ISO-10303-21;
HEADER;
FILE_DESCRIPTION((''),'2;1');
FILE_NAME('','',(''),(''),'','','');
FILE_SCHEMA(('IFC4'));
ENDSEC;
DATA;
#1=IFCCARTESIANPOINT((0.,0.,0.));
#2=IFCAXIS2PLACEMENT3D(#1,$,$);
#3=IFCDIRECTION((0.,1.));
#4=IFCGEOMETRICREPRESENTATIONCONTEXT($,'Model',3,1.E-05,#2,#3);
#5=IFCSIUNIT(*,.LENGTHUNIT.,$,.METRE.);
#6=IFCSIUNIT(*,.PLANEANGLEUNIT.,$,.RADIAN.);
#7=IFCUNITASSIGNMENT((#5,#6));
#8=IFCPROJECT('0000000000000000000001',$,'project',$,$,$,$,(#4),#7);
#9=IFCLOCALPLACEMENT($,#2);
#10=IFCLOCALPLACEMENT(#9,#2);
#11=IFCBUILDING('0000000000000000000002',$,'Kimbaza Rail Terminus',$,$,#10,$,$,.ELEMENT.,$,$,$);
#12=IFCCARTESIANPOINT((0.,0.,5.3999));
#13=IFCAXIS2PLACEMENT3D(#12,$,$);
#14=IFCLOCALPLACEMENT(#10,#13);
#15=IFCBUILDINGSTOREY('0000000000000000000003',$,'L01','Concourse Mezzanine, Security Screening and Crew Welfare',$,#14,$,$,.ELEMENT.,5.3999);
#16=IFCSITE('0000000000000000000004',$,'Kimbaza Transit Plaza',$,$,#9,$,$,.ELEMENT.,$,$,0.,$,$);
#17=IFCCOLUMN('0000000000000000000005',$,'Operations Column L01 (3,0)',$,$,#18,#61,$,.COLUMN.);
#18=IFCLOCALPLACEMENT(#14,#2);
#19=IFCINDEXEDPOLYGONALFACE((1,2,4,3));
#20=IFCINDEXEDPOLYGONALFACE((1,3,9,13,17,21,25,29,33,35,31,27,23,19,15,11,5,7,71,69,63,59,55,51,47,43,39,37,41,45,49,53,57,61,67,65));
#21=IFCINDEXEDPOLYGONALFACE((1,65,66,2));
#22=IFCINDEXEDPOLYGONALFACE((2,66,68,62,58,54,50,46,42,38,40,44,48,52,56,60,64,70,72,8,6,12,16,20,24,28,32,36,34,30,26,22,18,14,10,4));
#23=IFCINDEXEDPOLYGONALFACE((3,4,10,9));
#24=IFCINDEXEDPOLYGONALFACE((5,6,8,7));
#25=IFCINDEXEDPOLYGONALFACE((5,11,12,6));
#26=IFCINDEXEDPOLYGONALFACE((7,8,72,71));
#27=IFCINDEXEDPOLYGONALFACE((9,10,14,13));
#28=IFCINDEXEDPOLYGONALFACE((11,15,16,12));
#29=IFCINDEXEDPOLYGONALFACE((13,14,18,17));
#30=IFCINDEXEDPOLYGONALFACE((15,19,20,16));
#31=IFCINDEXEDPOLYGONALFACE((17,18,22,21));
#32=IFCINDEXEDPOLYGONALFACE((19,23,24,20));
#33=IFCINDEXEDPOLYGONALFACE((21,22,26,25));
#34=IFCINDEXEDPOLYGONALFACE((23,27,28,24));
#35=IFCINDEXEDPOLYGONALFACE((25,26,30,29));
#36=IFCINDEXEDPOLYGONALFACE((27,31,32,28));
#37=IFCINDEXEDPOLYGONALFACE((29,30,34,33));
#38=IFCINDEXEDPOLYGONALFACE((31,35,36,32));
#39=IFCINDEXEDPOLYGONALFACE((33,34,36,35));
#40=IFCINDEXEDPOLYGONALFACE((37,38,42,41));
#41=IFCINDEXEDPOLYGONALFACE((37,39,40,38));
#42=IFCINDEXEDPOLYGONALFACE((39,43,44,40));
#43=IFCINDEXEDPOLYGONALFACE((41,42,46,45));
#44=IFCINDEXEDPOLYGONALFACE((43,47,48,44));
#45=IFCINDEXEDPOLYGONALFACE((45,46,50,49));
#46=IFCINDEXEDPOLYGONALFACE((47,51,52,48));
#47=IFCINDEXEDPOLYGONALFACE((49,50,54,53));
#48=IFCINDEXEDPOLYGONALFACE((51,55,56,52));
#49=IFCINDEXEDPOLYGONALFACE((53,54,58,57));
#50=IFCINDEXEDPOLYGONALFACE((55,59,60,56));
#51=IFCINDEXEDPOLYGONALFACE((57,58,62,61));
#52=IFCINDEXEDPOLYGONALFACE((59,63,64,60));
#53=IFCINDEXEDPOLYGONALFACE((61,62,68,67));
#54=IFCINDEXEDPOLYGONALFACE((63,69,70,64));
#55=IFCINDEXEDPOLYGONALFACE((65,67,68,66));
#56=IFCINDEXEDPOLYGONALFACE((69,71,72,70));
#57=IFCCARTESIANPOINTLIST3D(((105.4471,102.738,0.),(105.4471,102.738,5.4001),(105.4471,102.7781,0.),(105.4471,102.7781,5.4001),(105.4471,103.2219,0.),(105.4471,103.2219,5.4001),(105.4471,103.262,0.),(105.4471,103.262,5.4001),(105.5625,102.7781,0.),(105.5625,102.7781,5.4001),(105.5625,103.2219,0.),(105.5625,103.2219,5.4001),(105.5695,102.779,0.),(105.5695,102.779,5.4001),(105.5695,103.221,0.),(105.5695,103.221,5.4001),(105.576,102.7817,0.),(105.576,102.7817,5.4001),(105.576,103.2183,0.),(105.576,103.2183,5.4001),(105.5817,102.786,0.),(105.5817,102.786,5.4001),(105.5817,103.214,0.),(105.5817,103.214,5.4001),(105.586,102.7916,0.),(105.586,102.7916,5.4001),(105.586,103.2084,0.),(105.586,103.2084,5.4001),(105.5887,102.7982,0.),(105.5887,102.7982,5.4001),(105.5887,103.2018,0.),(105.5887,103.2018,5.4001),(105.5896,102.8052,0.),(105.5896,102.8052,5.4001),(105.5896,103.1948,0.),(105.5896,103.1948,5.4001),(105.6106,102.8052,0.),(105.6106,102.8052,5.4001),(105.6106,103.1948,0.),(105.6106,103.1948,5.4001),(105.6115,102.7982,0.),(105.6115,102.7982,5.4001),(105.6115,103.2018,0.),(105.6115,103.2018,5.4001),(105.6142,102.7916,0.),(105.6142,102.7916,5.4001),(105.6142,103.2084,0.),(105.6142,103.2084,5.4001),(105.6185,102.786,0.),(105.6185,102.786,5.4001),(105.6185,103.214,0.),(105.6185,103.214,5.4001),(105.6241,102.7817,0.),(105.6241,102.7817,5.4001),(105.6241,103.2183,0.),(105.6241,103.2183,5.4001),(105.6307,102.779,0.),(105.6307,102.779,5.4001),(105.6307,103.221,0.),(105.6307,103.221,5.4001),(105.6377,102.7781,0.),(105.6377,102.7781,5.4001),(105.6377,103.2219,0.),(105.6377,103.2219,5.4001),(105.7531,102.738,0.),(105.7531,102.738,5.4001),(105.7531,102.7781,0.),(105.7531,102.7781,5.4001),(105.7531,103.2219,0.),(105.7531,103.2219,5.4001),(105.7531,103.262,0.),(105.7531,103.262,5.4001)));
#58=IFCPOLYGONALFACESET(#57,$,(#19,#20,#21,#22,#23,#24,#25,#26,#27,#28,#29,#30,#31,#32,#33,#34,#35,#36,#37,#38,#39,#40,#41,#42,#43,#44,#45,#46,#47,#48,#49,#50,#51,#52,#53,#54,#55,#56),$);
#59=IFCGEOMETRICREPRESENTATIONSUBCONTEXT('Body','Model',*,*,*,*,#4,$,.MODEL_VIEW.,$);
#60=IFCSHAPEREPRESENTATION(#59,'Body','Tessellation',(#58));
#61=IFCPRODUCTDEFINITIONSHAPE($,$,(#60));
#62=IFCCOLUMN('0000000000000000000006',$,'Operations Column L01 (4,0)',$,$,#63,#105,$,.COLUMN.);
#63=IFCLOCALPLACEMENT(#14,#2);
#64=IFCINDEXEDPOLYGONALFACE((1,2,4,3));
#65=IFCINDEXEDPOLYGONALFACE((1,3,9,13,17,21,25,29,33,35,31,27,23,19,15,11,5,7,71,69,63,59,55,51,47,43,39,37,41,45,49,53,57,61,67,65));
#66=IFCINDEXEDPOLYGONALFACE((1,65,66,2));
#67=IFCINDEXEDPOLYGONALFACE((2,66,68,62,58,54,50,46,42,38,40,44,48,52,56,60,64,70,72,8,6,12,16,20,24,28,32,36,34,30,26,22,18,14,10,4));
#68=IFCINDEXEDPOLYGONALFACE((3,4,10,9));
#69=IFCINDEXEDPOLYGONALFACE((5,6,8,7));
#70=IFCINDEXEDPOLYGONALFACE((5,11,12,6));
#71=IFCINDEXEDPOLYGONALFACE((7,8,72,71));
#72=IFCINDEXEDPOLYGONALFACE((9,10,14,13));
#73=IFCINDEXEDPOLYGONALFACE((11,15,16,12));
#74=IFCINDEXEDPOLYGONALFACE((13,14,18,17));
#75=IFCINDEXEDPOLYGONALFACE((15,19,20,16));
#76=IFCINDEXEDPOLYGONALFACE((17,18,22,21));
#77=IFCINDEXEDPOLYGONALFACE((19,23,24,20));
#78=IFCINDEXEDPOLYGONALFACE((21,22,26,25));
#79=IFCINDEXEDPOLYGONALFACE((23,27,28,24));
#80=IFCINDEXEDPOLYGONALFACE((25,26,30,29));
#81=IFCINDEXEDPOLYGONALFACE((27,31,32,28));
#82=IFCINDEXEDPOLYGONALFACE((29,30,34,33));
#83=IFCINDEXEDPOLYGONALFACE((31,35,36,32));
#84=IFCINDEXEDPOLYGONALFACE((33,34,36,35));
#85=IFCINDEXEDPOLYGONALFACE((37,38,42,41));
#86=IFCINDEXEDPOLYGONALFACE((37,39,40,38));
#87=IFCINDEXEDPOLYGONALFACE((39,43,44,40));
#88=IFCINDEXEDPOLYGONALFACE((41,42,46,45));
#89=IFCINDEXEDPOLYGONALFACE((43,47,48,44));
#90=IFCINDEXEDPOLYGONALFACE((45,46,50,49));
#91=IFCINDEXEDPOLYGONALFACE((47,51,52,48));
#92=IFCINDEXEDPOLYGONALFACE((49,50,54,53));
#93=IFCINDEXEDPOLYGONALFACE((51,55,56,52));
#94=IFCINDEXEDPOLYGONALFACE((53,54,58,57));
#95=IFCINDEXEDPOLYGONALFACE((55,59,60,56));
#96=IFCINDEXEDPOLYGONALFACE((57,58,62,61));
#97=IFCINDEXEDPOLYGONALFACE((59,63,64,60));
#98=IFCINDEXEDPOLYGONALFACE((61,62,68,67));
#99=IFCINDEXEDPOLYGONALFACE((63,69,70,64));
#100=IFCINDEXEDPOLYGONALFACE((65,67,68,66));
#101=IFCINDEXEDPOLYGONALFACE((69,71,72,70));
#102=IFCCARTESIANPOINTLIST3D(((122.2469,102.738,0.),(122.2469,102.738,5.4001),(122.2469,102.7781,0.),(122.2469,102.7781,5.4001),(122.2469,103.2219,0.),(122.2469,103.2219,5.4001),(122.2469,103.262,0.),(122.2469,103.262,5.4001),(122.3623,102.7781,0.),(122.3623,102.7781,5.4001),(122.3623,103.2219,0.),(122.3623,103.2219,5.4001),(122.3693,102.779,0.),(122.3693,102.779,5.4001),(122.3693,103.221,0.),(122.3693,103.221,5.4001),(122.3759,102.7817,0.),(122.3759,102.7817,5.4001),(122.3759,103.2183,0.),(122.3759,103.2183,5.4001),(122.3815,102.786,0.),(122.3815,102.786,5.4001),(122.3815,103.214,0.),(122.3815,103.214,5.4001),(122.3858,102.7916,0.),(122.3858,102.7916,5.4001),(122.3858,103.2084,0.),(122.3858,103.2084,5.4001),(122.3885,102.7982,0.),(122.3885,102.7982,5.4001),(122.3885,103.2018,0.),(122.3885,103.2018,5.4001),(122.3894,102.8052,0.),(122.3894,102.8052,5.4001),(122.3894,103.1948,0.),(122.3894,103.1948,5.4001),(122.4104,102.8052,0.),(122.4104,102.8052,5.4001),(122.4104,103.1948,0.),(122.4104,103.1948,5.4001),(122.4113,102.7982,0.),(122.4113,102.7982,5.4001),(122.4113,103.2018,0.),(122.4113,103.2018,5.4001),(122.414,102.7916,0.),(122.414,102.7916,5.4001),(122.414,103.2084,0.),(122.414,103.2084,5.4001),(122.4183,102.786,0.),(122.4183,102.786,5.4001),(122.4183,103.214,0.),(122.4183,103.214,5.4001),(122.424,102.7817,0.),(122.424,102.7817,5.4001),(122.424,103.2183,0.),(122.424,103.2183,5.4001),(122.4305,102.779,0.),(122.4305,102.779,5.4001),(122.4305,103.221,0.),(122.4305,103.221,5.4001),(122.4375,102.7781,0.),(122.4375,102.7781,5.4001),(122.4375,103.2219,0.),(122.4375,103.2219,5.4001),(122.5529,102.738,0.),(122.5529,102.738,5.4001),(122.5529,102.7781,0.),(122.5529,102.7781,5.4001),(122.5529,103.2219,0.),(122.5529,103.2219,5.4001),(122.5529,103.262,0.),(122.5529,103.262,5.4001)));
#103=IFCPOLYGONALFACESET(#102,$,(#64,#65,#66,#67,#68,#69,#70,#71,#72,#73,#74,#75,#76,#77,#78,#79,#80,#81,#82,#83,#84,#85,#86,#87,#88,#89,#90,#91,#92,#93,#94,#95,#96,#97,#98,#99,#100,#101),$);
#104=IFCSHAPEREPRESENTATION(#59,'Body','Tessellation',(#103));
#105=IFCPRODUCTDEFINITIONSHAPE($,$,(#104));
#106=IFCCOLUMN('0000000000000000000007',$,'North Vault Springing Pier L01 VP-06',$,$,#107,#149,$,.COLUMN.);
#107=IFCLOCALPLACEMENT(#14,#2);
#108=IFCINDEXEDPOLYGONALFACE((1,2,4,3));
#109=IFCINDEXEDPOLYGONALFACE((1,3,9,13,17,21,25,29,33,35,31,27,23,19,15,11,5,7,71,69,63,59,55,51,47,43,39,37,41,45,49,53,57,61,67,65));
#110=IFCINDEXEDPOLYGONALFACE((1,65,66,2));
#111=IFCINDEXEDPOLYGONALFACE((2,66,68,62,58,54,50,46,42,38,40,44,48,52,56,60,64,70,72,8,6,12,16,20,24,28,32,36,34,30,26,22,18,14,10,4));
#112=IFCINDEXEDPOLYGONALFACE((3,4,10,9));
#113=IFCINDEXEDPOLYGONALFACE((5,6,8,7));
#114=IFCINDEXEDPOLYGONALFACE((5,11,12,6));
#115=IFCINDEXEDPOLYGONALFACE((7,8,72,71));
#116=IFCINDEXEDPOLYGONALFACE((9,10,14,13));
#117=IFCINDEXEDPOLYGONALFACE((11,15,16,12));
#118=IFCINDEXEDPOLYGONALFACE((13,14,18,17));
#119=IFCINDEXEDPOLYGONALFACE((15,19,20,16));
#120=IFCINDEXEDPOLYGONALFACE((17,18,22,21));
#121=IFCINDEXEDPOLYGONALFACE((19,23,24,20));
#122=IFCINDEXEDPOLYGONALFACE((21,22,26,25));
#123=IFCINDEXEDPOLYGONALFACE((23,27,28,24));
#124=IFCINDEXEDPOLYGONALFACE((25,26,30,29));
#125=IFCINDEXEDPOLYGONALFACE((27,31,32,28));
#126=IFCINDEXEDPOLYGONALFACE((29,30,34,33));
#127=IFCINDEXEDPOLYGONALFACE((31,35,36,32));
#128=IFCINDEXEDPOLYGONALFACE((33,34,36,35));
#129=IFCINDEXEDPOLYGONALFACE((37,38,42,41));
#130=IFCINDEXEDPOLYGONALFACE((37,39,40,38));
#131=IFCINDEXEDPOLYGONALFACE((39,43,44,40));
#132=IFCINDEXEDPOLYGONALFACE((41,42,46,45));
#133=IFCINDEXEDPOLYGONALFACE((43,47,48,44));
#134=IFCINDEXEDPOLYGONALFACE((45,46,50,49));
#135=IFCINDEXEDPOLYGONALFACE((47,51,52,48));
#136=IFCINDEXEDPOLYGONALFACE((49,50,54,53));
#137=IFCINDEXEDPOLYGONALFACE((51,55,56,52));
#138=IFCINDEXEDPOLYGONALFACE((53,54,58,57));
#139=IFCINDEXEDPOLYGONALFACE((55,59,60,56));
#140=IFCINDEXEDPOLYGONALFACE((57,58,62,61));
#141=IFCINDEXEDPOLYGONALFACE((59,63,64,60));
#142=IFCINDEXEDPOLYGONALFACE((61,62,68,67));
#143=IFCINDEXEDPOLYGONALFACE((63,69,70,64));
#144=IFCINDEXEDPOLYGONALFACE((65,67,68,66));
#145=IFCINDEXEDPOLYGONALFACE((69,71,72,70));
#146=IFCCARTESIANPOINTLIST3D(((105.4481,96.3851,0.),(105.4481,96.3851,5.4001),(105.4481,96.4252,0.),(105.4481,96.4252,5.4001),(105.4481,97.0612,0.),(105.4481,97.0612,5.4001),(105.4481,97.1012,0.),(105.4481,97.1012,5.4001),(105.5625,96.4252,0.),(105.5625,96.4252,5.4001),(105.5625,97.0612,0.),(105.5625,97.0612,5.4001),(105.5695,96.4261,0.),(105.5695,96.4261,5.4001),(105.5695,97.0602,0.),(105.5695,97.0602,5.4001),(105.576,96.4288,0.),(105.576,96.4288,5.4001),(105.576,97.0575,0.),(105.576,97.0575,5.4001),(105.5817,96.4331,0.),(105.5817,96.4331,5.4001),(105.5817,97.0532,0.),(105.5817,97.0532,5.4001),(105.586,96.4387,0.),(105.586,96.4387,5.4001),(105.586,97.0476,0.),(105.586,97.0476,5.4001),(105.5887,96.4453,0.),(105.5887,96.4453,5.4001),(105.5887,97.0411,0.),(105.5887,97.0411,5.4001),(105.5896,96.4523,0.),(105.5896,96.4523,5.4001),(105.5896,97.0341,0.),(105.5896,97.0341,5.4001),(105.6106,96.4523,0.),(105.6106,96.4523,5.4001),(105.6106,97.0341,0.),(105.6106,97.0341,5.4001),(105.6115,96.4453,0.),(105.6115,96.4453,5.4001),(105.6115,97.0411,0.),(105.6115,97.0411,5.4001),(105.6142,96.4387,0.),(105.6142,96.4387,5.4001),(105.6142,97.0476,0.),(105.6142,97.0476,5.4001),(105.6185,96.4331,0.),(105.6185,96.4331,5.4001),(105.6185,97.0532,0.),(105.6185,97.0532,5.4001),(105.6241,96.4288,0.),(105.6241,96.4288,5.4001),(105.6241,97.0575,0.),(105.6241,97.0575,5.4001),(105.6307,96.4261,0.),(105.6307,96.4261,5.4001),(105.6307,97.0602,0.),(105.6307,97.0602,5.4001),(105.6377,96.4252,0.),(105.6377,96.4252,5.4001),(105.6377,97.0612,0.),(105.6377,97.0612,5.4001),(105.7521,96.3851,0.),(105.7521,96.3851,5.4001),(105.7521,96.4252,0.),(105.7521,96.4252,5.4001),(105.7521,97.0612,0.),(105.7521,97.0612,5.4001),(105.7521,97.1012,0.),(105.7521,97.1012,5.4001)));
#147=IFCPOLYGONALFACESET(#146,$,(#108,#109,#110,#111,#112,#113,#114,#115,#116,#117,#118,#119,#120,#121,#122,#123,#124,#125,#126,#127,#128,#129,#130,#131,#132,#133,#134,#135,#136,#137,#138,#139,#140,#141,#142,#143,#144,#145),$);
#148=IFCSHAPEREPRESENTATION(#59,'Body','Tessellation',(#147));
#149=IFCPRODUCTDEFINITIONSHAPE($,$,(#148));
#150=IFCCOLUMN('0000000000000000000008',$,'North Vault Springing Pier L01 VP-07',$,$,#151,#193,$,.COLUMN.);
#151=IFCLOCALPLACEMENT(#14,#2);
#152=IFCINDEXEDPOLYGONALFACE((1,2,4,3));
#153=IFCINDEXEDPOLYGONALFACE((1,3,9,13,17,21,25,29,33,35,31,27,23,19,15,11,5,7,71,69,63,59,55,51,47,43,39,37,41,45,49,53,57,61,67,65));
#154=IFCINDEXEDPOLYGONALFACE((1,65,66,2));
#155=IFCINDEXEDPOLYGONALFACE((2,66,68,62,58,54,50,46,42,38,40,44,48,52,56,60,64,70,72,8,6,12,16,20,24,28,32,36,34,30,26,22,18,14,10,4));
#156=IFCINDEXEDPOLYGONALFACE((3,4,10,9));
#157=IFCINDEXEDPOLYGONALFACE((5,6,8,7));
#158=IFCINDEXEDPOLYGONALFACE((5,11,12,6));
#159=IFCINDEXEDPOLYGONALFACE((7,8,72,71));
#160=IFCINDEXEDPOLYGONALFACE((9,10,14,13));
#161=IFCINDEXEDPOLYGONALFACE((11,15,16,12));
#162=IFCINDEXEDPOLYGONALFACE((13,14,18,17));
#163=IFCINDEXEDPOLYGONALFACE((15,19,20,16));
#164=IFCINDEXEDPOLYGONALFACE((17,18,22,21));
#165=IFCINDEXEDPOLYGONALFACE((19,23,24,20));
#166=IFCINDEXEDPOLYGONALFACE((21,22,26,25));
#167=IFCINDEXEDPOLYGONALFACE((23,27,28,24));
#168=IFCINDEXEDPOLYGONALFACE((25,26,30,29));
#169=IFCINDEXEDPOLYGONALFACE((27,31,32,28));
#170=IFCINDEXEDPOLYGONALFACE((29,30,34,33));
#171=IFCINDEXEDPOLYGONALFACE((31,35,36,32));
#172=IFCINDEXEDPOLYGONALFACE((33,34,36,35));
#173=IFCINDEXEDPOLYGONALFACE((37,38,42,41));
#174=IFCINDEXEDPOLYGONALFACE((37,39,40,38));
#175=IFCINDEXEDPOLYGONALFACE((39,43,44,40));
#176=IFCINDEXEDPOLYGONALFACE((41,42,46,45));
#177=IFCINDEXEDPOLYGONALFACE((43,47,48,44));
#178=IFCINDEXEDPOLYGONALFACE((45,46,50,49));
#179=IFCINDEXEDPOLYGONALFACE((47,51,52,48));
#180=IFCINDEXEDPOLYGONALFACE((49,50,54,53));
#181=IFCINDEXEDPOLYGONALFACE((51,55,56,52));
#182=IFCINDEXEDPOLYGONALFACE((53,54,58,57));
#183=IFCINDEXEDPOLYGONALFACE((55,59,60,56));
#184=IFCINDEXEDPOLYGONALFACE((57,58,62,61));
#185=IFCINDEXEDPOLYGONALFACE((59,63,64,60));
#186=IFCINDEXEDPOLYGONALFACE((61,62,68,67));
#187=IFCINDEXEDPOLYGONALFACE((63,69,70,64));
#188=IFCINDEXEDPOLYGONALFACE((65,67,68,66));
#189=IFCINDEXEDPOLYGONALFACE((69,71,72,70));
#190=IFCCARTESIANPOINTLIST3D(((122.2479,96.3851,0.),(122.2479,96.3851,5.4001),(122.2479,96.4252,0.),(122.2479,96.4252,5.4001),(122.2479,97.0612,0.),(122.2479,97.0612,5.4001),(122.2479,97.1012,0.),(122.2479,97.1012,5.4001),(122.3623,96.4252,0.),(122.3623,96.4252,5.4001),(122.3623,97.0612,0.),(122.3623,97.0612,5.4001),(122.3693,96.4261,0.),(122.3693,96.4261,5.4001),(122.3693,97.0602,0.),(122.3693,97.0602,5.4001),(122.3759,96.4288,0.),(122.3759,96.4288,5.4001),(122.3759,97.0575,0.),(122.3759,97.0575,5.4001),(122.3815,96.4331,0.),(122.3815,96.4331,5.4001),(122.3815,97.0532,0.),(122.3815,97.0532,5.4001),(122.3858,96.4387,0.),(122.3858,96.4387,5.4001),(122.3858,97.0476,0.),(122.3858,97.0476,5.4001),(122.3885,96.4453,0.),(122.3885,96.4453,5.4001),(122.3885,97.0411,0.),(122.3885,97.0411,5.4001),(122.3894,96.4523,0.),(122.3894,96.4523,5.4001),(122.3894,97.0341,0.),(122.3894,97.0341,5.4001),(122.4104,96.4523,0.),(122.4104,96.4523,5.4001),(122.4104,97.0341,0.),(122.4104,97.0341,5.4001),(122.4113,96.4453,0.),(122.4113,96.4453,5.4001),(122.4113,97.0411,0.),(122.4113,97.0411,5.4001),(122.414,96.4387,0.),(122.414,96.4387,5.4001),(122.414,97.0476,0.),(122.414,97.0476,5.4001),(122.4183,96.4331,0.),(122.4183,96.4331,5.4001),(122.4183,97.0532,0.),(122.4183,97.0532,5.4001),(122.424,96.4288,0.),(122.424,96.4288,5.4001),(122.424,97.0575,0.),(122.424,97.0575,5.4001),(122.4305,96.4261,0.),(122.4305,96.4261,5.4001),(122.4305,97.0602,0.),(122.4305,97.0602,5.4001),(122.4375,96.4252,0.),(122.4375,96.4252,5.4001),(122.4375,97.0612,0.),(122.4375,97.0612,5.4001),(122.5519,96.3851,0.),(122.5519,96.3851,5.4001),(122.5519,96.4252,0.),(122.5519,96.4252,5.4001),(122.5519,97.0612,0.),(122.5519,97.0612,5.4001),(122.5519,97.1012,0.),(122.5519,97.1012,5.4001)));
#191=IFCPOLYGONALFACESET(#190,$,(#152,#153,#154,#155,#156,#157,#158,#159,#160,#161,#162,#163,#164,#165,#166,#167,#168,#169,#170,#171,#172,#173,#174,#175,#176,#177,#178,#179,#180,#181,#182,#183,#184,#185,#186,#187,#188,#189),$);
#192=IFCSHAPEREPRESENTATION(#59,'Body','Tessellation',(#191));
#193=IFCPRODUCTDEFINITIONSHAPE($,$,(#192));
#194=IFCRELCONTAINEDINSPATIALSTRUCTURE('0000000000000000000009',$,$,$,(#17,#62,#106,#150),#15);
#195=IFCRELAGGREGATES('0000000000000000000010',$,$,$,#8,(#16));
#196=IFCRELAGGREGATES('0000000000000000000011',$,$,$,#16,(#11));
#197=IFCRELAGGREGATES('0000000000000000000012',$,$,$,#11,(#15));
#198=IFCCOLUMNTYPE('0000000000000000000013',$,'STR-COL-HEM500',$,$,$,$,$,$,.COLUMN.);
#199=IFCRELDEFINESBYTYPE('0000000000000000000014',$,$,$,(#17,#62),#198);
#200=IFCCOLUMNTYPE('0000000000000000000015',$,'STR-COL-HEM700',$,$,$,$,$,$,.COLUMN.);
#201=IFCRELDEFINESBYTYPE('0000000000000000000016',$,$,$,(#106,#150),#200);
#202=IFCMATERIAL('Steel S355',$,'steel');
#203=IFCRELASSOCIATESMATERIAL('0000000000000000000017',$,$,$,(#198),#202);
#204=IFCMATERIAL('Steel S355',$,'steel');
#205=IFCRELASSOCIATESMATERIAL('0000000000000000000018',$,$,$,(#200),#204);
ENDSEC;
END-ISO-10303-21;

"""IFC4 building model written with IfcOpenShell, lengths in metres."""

from ifc_helpers import new_model, si_unit, direction, frame, origin, origin_2d, place, context, subcontext, project, spatial, i_section, extrude, material, material_profile, profile_set, type_object, element, save


model = new_model("IFC4")

# Units and contexts
model_context = context("Model", 3, precision=1e-05, world=origin(), true_north=direction((0.0, 1.0)))
body_context = subcontext(model_context, "Body", "Model", "MODEL_VIEW")
ifc_project = project(units=[si_unit("LENGTHUNIT", "METRE"), si_unit("PLANEANGLEUNIT", "RADIAN")], contexts=[model_context])

# Site, building, storey
site_placement = place(None, origin())
site = spatial("IfcSite", under=ifc_project, at=site_placement, Name="Kimbaza Transit Plaza", CompositionType="ELEMENT", RefElevation=0.0)
building_placement = place(site_placement, origin())
building = spatial("IfcBuilding", under=site, at=building_placement, Name="Kimbaza Rail Terminus", CompositionType="ELEMENT")
storey_placement = place(building_placement, frame((0.0, 0.0, 5.3999)))
storey = spatial("IfcBuildingStorey", under=building, at=storey_placement, Name="L01", Description="Concourse Mezzanine, Security Screening and Crew Welfare", CompositionType="ELEMENT", Elevation=5.3999)

# Columns
ifc_material_1 = material(Name="Steel S355", Category="steel")
ifc_material_profile_1 = material_profile(ifc_material_1, i_section(OverallWidth=0.3059, OverallDepth=0.5239, WebThickness=0.021, FlangeThickness=0.04, FilletRadius=0.0271, at=origin_2d()), Name="HEM 500")
ifc_profile_set_1 = profile_set([ifc_material_profile_1], Name="Steel S355")
column_type_1 = type_object("IfcColumnType", Name="STR-COL-HEM500", PredefinedType="COLUMN", material=ifc_profile_set_1)
for number, where, z_axis, x_axis, name in (
    (1, (105.6001, 103.0, 0.0), (0.0, 0.0, 1.0), (1.0, 0.0, 0.0), "Operations Column L01 (3,0)"),
    (2, (122.3999, 103.0, 0.0), (0.0, 0.0, 1.0), (1.0, 0.0, 0.0), "Operations Column L01 (4,0)"),
):
    element("IfcColumn", number, at=place(storey_placement, frame(where, z_axis=z_axis, x_axis=x_axis)), inside=storey, type_object=column_type_1, Name=name, PredefinedType="COLUMN", context=body_context, shape_type="SweptSolid", body=[
        extrude(i_section(OverallWidth=0.3059, OverallDepth=0.5239, WebThickness=0.021, FlangeThickness=0.04, FilletRadius=0.0271, at=origin_2d()), origin(), (0.0, 0.0, 1.0), 5.4001),
    ])
ifc_material_2 = material(Name="Steel S355", Category="steel")
ifc_material_profile_2 = material_profile(ifc_material_2, i_section(OverallWidth=0.304, OverallDepth=0.7161, WebThickness=0.021, FlangeThickness=0.04, FilletRadius=0.0271, at=origin_2d()), Name="HEM 700")
ifc_profile_set_2 = profile_set([ifc_material_profile_2], Name="Steel S355")
column_type_2 = type_object("IfcColumnType", Name="STR-COL-HEM700", PredefinedType="COLUMN", material=ifc_profile_set_2)
for number, where, z_axis, x_axis, name in (
    (3, (105.6001, 96.7432, 0.0), (0.0, 0.0, 1.0), (1.0, 0.0, 0.0), "North Vault Springing Pier L01 VP-06"),
    (4, (122.3999, 96.7432, 0.0), (0.0, 0.0, 1.0), (1.0, 0.0, 0.0), "North Vault Springing Pier L01 VP-07"),
):
    element("IfcColumn", number, at=place(storey_placement, frame(where, z_axis=z_axis, x_axis=x_axis)), inside=storey, type_object=column_type_2, Name=name, PredefinedType="COLUMN", context=body_context, shape_type="SweptSolid", body=[
        extrude(i_section(OverallWidth=0.304, OverallDepth=0.7161, WebThickness=0.021, FlangeThickness=0.04, FilletRadius=0.0271, at=origin_2d()), origin(), (0.0, 0.0, 1.0), 5.4001),
    ])

save(model, "model.ifc")
